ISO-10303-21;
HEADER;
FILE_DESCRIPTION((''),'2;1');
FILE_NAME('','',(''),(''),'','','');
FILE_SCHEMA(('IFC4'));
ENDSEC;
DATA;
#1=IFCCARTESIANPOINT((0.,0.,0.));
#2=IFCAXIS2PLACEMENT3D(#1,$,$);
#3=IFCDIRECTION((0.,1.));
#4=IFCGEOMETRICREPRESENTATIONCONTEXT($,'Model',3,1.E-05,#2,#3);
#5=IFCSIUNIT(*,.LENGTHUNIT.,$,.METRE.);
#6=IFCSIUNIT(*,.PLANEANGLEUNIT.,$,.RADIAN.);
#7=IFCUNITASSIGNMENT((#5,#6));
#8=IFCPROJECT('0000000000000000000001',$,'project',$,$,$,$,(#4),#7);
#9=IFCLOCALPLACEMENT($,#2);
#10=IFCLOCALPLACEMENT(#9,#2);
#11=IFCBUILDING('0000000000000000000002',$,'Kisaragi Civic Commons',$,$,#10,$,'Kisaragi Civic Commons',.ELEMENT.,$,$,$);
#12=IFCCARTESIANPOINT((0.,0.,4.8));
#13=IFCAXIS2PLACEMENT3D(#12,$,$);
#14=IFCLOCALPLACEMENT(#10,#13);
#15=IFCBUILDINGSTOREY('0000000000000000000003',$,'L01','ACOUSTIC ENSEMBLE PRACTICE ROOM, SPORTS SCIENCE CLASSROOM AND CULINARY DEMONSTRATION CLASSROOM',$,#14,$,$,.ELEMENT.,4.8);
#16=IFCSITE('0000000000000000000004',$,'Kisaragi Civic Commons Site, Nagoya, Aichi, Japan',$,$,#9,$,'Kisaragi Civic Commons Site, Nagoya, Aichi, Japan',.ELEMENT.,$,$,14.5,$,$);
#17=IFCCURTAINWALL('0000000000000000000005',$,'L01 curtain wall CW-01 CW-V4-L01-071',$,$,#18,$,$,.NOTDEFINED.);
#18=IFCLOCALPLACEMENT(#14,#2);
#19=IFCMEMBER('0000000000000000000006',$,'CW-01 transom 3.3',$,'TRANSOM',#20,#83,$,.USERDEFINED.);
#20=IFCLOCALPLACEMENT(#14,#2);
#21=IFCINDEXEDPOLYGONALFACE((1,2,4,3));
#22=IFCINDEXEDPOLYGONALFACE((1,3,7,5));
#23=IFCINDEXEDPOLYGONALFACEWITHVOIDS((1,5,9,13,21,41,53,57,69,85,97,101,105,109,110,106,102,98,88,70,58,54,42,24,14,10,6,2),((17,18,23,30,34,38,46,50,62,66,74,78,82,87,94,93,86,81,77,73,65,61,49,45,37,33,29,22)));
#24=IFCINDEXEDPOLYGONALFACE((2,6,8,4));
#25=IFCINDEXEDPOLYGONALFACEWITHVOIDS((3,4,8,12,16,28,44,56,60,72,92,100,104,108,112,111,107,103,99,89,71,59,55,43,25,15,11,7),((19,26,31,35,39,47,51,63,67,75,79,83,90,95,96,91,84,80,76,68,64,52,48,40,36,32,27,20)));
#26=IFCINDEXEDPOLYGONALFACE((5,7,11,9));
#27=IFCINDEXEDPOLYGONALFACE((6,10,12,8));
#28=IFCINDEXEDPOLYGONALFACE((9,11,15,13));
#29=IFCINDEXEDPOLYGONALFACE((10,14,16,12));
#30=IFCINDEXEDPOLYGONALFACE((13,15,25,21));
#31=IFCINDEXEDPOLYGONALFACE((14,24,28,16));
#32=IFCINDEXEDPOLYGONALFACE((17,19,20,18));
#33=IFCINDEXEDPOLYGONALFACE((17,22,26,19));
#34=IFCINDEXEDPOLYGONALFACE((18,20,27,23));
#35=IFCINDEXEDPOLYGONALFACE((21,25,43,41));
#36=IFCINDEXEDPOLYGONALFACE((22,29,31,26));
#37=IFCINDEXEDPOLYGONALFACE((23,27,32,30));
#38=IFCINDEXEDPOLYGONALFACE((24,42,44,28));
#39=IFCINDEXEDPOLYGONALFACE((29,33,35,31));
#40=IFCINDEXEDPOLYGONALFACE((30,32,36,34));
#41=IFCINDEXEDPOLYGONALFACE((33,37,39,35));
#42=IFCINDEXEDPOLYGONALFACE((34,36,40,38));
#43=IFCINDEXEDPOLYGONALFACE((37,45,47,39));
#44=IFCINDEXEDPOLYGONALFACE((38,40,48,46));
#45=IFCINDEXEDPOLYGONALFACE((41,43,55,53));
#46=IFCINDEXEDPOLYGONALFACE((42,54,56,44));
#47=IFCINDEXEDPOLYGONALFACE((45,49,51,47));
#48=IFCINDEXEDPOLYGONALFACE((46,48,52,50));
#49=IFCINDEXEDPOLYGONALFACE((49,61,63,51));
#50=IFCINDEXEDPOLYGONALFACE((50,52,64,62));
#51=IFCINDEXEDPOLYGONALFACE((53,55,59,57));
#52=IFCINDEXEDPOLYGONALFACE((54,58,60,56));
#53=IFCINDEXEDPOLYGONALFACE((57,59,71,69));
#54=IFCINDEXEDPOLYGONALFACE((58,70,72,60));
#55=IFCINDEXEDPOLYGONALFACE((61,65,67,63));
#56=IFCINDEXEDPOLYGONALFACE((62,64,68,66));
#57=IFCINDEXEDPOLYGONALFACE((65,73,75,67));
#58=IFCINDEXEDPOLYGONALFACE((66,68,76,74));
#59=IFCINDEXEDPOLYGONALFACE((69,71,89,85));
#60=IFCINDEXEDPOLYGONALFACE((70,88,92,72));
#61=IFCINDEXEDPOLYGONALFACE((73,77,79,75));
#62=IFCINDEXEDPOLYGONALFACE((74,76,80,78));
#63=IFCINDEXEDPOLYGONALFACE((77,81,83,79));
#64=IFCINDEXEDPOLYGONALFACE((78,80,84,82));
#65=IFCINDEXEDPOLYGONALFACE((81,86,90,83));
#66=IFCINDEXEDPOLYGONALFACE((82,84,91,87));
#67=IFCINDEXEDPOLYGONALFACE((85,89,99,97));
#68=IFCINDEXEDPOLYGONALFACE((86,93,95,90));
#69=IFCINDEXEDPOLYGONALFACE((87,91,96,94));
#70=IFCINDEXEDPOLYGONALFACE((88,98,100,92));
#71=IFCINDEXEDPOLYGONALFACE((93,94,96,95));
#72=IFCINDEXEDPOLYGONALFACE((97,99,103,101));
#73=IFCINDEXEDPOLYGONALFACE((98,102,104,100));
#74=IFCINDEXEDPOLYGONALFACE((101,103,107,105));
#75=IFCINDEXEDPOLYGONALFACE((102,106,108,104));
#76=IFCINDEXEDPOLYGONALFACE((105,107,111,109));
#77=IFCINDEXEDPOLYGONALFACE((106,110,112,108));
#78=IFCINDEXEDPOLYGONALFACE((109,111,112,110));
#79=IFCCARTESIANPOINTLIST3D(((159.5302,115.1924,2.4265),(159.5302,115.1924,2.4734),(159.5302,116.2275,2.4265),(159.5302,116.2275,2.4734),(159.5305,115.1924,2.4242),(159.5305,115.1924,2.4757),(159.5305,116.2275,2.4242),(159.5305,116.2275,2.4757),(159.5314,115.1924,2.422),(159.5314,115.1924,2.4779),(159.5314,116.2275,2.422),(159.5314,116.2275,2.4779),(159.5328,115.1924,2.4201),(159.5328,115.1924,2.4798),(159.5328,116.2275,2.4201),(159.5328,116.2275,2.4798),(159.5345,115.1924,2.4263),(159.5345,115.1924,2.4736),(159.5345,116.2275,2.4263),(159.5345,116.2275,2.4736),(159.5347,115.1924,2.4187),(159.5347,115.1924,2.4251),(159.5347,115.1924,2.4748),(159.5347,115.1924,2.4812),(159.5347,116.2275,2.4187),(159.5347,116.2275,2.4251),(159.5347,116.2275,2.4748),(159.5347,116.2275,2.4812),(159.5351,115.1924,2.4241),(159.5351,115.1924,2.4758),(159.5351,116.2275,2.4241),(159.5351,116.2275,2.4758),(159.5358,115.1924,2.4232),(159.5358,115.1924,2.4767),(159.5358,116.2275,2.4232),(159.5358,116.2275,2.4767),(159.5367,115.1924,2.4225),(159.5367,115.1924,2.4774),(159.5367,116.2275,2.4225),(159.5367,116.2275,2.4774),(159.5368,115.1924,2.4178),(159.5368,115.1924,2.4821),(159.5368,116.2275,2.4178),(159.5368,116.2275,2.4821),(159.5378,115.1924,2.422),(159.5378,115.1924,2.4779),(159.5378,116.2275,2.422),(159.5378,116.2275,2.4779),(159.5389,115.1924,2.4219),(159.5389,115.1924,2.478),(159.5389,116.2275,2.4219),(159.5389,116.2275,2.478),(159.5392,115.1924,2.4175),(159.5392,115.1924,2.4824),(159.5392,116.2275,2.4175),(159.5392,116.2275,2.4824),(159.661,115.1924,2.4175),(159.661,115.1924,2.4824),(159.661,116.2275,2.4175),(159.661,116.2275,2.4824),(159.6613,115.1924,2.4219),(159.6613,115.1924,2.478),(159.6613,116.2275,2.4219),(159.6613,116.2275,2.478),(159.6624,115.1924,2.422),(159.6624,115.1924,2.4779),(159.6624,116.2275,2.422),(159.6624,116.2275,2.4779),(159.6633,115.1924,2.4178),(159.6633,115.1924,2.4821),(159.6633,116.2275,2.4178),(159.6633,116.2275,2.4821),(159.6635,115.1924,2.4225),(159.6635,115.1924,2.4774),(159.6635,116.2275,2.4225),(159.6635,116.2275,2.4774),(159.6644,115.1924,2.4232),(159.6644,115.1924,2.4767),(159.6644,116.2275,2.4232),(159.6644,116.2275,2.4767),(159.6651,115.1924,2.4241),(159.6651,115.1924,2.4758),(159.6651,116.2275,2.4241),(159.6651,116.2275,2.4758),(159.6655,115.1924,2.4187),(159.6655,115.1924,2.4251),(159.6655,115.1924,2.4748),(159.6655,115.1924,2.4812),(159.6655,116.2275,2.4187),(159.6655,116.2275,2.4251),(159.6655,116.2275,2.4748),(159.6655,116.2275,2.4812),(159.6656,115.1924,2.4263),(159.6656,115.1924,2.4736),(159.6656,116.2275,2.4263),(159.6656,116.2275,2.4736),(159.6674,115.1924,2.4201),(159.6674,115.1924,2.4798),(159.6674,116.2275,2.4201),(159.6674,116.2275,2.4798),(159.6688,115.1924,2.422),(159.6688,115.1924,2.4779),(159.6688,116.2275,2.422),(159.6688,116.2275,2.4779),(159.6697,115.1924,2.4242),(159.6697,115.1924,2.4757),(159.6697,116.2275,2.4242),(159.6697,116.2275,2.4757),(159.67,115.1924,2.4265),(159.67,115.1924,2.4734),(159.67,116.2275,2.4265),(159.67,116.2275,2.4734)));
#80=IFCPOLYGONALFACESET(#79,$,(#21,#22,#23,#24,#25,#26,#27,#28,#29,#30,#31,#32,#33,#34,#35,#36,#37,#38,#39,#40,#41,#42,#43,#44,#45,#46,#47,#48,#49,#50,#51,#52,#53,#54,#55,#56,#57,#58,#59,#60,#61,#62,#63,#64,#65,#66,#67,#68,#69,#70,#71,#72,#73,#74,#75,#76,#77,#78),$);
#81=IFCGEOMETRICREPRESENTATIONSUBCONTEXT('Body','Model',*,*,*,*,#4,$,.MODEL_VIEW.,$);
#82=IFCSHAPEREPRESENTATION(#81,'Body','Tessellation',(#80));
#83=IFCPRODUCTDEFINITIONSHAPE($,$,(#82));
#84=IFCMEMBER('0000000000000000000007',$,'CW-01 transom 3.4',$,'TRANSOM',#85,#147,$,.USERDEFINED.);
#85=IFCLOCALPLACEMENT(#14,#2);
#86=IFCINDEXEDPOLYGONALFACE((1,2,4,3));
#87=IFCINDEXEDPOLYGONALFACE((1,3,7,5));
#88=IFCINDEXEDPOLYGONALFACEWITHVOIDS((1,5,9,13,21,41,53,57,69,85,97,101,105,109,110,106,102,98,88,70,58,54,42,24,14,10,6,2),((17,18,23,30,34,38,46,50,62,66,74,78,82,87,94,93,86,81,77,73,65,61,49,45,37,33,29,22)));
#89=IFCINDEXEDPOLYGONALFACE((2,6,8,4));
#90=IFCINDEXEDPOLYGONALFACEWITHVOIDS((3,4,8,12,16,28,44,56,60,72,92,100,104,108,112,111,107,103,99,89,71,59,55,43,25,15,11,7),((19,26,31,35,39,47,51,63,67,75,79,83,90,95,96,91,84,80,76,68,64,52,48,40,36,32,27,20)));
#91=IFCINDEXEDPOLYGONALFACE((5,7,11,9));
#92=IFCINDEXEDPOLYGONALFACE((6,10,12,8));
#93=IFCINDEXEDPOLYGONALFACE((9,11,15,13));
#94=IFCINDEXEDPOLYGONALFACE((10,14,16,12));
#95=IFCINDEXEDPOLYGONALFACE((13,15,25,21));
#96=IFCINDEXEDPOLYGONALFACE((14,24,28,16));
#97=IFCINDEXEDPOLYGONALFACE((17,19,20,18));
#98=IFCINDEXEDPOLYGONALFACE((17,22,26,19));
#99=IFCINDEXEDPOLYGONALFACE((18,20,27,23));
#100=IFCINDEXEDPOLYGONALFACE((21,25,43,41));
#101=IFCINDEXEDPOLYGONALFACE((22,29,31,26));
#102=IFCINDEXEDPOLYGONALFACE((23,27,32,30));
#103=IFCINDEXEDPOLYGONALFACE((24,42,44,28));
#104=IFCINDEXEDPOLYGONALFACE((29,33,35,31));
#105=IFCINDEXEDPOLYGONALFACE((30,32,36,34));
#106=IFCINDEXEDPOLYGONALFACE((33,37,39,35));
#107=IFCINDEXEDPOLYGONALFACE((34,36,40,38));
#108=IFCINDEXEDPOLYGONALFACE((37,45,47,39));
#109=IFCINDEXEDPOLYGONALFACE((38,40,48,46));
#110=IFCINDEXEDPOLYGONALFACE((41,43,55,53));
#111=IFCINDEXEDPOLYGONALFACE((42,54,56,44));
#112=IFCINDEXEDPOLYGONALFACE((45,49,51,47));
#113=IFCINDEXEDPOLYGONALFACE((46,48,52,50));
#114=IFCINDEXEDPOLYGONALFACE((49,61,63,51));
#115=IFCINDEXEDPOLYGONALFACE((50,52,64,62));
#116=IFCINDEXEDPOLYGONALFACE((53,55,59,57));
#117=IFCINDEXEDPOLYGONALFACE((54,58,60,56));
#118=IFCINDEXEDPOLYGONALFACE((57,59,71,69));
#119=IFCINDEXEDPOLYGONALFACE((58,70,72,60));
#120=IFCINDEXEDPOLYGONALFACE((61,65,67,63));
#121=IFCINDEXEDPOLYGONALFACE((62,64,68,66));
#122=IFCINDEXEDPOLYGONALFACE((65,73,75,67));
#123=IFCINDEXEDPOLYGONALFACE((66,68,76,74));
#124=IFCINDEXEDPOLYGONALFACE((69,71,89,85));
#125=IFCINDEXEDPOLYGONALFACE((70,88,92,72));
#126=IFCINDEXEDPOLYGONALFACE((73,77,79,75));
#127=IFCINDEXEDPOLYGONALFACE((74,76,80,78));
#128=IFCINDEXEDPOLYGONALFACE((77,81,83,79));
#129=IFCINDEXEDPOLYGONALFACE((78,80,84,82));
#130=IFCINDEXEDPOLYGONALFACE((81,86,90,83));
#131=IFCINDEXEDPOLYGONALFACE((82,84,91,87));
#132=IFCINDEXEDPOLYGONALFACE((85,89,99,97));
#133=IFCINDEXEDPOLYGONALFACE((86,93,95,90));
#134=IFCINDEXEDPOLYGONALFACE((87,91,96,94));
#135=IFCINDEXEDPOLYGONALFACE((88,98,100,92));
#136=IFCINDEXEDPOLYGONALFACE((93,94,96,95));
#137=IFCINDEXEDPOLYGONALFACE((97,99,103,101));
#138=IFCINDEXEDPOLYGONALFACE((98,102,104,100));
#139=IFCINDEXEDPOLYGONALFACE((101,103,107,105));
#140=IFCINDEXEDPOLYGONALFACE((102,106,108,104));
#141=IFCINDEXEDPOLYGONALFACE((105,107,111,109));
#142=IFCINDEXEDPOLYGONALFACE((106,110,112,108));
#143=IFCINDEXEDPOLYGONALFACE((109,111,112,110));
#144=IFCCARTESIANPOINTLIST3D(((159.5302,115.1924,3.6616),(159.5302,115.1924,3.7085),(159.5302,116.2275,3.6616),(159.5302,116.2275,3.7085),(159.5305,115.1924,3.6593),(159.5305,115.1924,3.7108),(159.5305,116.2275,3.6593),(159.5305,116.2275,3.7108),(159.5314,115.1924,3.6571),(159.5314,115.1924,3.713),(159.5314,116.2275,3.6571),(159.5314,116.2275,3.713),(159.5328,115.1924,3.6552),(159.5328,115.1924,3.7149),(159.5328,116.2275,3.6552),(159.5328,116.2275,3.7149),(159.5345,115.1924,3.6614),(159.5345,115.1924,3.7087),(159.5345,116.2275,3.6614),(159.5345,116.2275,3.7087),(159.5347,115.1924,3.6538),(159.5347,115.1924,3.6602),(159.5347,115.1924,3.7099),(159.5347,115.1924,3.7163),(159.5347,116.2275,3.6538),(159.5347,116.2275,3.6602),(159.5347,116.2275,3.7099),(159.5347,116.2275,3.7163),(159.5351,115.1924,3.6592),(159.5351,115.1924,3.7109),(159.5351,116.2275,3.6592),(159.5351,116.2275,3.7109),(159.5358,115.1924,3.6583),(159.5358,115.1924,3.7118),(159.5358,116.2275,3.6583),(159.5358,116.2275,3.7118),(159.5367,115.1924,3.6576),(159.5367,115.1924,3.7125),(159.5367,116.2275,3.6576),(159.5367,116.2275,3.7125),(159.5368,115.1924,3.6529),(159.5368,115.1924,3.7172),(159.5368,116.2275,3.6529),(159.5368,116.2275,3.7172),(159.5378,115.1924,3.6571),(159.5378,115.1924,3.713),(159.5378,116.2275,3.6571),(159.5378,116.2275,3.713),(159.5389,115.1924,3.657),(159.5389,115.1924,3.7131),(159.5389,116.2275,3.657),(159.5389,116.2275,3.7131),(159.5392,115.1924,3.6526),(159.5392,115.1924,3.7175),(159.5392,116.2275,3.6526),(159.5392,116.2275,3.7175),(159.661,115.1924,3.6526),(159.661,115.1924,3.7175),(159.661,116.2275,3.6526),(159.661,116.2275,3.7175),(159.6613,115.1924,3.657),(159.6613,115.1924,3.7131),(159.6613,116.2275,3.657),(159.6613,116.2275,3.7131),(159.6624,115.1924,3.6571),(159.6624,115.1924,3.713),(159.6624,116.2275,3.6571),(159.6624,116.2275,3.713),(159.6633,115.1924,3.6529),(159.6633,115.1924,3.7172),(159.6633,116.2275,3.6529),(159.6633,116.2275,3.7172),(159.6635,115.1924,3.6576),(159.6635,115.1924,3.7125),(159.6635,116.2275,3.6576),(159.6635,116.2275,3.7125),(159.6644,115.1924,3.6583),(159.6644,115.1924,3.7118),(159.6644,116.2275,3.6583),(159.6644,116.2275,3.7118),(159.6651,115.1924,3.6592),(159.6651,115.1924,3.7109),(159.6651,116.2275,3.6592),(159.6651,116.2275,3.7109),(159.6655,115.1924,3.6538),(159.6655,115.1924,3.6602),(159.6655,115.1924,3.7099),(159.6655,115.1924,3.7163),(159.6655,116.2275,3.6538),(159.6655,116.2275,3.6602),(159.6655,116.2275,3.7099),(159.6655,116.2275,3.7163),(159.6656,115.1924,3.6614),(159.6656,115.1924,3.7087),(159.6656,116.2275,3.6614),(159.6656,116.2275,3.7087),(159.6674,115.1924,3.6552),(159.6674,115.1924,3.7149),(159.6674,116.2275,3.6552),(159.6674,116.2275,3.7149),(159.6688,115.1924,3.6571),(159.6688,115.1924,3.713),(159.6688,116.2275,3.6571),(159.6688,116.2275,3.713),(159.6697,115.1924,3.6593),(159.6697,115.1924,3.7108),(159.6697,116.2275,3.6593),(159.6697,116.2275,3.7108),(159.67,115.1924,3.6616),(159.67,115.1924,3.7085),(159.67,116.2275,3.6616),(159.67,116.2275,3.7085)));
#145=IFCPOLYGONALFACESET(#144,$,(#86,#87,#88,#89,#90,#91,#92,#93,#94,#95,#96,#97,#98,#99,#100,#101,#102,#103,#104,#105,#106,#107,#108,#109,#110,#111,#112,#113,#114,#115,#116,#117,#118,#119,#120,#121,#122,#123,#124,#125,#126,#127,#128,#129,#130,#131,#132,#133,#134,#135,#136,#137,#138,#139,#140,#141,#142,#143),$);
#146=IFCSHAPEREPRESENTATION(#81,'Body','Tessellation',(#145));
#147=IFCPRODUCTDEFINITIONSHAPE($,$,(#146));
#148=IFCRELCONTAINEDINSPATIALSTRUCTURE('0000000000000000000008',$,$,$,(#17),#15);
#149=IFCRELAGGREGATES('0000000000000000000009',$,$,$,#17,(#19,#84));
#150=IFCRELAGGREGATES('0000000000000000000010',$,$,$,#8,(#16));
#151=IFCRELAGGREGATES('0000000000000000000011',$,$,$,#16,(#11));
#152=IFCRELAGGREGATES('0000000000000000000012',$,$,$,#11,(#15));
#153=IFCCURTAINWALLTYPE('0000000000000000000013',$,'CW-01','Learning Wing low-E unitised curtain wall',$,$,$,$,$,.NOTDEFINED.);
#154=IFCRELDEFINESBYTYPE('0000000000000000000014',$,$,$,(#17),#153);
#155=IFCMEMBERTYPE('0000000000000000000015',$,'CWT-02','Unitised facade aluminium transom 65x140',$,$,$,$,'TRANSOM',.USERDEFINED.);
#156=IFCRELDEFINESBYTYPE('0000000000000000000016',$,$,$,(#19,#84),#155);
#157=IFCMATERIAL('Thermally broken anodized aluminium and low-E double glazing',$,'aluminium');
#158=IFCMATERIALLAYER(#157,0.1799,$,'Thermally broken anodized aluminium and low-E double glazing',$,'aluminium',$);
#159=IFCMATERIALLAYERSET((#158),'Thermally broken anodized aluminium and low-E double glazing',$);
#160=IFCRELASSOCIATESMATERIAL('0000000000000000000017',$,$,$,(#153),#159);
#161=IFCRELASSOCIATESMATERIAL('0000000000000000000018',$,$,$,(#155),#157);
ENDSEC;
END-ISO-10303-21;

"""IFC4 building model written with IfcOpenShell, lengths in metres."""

from ifc_helpers import new_model, si_unit, direction, frame, origin, origin_2d, place, context, subcontext, project, spatial, hollow_rectangle, extrude, material, layer, layer_set, material_profile, profile_set, type_object, element, aggregate, save


model = new_model("IFC4")

# Units and contexts
model_context = context("Model", 3, precision=1e-05, world=origin(), true_north=direction((0.0, 1.0)))
body_context = subcontext(model_context, "Body", "Model", "MODEL_VIEW")
ifc_project = project(units=[si_unit("LENGTHUNIT", "METRE"), si_unit("PLANEANGLEUNIT", "RADIAN")], contexts=[model_context])

# Site, building, storey
site_placement = place(None, origin())
site = spatial("IfcSite", under=ifc_project, at=site_placement, Name="Kisaragi Civic Commons Site, Nagoya, Aichi, Japan", LongName="Kisaragi Civic Commons Site, Nagoya, Aichi, Japan", CompositionType="ELEMENT", RefElevation=14.5)
building_placement = place(site_placement, origin())
building = spatial("IfcBuilding", under=site, at=building_placement, Name="Kisaragi Civic Commons", LongName="Kisaragi Civic Commons", CompositionType="ELEMENT")
storey_placement = place(building_placement, frame((0.0, 0.0, 4.8)))
storey = spatial("IfcBuildingStorey", under=building, at=storey_placement, Name="L01", Description="ACOUSTIC ENSEMBLE PRACTICE ROOM, SPORTS SCIENCE CLASSROOM AND CULINARY DEMONSTRATION CLASSROOM", CompositionType="ELEMENT", Elevation=4.8)

# Curtain wall, members
ifc_material_1 = material(Name="Thermally broken anodized aluminium and low-E double glazing", Category="aluminium")
ifc_layer_1 = layer(ifc_material_1, 0.1799, Name="Thermally broken anodized aluminium and low-E double glazing", Category="aluminium")
ifc_layer_set_1 = layer_set([ifc_layer_1], Name="Thermally broken anodized aluminium and low-E double glazing")
curtain_wall_type = type_object("IfcCurtainWallType", Name="CW-01", Description="Learning Wing low-E unitised curtain wall", PredefinedType="NOTDEFINED", material=ifc_layer_set_1)
curtain_wall_placement = place(storey_placement, origin())
curtain_wall = element("IfcCurtainWall", 1, at=curtain_wall_placement, inside=storey, type_object=curtain_wall_type, Name="L01 curtain wall CW-01 CW-V4-L01-071", PredefinedType="NOTDEFINED")
ifc_material_profile_1 = material_profile(ifc_material_1, hollow_rectangle(XDim=0.1399, YDim=0.0649, WallThickness=0.0044, InnerFilletRadius=0.0044, OuterFilletRadius=0.009, at=origin_2d()), Name="CWT-65x140x4.5", Category="aluminium")
ifc_profile_set_1 = profile_set([ifc_material_profile_1], Name="Thermally broken anodized aluminium and low-E double glazing")
member_type_1 = type_object("IfcMemberType", Name="CWT-02", Description="Unitised facade aluminium transom 65x140", ElementType="TRANSOM", PredefinedType="USERDEFINED", material=ifc_profile_set_1)
member_1_placement = place(storey_placement, frame((159.6001, 116.2275, 2.45), z_axis=(0.0, -1.0, 0.0), x_axis=(1.0, 0.0, 0.0)))
member_1 = element("IfcMember", 2, at=member_1_placement, type_object=member_type_1, Name="CW-01 transom 3.3", ObjectType="TRANSOM", PredefinedType="USERDEFINED", context=body_context, shape_type="SweptSolid", body=[
    extrude(hollow_rectangle(XDim=0.1399, YDim=0.0649, WallThickness=0.0044, InnerFilletRadius=0.0044, OuterFilletRadius=0.009, at=origin_2d()), origin(), (0.0, 0.0, 1.0), 1.0352),
])
member_2_placement = place(storey_placement, frame((159.6001, 116.2275, 3.6851), z_axis=(0.0, -1.0, 0.0), x_axis=(1.0, 0.0, 0.0)))
member_2 = element("IfcMember", 3, at=member_2_placement, type_object=member_type_1, Name="CW-01 transom 3.4", ObjectType="TRANSOM", PredefinedType="USERDEFINED", context=body_context, shape_type="SweptSolid", body=[
    extrude(hollow_rectangle(XDim=0.1399, YDim=0.0649, WallThickness=0.0044, InnerFilletRadius=0.0044, OuterFilletRadius=0.009, at=origin_2d()), origin(), (0.0, 0.0, 1.0), 1.0352),
])
aggregate(curtain_wall, [member_1, member_2])

save(model, "model.ifc")
